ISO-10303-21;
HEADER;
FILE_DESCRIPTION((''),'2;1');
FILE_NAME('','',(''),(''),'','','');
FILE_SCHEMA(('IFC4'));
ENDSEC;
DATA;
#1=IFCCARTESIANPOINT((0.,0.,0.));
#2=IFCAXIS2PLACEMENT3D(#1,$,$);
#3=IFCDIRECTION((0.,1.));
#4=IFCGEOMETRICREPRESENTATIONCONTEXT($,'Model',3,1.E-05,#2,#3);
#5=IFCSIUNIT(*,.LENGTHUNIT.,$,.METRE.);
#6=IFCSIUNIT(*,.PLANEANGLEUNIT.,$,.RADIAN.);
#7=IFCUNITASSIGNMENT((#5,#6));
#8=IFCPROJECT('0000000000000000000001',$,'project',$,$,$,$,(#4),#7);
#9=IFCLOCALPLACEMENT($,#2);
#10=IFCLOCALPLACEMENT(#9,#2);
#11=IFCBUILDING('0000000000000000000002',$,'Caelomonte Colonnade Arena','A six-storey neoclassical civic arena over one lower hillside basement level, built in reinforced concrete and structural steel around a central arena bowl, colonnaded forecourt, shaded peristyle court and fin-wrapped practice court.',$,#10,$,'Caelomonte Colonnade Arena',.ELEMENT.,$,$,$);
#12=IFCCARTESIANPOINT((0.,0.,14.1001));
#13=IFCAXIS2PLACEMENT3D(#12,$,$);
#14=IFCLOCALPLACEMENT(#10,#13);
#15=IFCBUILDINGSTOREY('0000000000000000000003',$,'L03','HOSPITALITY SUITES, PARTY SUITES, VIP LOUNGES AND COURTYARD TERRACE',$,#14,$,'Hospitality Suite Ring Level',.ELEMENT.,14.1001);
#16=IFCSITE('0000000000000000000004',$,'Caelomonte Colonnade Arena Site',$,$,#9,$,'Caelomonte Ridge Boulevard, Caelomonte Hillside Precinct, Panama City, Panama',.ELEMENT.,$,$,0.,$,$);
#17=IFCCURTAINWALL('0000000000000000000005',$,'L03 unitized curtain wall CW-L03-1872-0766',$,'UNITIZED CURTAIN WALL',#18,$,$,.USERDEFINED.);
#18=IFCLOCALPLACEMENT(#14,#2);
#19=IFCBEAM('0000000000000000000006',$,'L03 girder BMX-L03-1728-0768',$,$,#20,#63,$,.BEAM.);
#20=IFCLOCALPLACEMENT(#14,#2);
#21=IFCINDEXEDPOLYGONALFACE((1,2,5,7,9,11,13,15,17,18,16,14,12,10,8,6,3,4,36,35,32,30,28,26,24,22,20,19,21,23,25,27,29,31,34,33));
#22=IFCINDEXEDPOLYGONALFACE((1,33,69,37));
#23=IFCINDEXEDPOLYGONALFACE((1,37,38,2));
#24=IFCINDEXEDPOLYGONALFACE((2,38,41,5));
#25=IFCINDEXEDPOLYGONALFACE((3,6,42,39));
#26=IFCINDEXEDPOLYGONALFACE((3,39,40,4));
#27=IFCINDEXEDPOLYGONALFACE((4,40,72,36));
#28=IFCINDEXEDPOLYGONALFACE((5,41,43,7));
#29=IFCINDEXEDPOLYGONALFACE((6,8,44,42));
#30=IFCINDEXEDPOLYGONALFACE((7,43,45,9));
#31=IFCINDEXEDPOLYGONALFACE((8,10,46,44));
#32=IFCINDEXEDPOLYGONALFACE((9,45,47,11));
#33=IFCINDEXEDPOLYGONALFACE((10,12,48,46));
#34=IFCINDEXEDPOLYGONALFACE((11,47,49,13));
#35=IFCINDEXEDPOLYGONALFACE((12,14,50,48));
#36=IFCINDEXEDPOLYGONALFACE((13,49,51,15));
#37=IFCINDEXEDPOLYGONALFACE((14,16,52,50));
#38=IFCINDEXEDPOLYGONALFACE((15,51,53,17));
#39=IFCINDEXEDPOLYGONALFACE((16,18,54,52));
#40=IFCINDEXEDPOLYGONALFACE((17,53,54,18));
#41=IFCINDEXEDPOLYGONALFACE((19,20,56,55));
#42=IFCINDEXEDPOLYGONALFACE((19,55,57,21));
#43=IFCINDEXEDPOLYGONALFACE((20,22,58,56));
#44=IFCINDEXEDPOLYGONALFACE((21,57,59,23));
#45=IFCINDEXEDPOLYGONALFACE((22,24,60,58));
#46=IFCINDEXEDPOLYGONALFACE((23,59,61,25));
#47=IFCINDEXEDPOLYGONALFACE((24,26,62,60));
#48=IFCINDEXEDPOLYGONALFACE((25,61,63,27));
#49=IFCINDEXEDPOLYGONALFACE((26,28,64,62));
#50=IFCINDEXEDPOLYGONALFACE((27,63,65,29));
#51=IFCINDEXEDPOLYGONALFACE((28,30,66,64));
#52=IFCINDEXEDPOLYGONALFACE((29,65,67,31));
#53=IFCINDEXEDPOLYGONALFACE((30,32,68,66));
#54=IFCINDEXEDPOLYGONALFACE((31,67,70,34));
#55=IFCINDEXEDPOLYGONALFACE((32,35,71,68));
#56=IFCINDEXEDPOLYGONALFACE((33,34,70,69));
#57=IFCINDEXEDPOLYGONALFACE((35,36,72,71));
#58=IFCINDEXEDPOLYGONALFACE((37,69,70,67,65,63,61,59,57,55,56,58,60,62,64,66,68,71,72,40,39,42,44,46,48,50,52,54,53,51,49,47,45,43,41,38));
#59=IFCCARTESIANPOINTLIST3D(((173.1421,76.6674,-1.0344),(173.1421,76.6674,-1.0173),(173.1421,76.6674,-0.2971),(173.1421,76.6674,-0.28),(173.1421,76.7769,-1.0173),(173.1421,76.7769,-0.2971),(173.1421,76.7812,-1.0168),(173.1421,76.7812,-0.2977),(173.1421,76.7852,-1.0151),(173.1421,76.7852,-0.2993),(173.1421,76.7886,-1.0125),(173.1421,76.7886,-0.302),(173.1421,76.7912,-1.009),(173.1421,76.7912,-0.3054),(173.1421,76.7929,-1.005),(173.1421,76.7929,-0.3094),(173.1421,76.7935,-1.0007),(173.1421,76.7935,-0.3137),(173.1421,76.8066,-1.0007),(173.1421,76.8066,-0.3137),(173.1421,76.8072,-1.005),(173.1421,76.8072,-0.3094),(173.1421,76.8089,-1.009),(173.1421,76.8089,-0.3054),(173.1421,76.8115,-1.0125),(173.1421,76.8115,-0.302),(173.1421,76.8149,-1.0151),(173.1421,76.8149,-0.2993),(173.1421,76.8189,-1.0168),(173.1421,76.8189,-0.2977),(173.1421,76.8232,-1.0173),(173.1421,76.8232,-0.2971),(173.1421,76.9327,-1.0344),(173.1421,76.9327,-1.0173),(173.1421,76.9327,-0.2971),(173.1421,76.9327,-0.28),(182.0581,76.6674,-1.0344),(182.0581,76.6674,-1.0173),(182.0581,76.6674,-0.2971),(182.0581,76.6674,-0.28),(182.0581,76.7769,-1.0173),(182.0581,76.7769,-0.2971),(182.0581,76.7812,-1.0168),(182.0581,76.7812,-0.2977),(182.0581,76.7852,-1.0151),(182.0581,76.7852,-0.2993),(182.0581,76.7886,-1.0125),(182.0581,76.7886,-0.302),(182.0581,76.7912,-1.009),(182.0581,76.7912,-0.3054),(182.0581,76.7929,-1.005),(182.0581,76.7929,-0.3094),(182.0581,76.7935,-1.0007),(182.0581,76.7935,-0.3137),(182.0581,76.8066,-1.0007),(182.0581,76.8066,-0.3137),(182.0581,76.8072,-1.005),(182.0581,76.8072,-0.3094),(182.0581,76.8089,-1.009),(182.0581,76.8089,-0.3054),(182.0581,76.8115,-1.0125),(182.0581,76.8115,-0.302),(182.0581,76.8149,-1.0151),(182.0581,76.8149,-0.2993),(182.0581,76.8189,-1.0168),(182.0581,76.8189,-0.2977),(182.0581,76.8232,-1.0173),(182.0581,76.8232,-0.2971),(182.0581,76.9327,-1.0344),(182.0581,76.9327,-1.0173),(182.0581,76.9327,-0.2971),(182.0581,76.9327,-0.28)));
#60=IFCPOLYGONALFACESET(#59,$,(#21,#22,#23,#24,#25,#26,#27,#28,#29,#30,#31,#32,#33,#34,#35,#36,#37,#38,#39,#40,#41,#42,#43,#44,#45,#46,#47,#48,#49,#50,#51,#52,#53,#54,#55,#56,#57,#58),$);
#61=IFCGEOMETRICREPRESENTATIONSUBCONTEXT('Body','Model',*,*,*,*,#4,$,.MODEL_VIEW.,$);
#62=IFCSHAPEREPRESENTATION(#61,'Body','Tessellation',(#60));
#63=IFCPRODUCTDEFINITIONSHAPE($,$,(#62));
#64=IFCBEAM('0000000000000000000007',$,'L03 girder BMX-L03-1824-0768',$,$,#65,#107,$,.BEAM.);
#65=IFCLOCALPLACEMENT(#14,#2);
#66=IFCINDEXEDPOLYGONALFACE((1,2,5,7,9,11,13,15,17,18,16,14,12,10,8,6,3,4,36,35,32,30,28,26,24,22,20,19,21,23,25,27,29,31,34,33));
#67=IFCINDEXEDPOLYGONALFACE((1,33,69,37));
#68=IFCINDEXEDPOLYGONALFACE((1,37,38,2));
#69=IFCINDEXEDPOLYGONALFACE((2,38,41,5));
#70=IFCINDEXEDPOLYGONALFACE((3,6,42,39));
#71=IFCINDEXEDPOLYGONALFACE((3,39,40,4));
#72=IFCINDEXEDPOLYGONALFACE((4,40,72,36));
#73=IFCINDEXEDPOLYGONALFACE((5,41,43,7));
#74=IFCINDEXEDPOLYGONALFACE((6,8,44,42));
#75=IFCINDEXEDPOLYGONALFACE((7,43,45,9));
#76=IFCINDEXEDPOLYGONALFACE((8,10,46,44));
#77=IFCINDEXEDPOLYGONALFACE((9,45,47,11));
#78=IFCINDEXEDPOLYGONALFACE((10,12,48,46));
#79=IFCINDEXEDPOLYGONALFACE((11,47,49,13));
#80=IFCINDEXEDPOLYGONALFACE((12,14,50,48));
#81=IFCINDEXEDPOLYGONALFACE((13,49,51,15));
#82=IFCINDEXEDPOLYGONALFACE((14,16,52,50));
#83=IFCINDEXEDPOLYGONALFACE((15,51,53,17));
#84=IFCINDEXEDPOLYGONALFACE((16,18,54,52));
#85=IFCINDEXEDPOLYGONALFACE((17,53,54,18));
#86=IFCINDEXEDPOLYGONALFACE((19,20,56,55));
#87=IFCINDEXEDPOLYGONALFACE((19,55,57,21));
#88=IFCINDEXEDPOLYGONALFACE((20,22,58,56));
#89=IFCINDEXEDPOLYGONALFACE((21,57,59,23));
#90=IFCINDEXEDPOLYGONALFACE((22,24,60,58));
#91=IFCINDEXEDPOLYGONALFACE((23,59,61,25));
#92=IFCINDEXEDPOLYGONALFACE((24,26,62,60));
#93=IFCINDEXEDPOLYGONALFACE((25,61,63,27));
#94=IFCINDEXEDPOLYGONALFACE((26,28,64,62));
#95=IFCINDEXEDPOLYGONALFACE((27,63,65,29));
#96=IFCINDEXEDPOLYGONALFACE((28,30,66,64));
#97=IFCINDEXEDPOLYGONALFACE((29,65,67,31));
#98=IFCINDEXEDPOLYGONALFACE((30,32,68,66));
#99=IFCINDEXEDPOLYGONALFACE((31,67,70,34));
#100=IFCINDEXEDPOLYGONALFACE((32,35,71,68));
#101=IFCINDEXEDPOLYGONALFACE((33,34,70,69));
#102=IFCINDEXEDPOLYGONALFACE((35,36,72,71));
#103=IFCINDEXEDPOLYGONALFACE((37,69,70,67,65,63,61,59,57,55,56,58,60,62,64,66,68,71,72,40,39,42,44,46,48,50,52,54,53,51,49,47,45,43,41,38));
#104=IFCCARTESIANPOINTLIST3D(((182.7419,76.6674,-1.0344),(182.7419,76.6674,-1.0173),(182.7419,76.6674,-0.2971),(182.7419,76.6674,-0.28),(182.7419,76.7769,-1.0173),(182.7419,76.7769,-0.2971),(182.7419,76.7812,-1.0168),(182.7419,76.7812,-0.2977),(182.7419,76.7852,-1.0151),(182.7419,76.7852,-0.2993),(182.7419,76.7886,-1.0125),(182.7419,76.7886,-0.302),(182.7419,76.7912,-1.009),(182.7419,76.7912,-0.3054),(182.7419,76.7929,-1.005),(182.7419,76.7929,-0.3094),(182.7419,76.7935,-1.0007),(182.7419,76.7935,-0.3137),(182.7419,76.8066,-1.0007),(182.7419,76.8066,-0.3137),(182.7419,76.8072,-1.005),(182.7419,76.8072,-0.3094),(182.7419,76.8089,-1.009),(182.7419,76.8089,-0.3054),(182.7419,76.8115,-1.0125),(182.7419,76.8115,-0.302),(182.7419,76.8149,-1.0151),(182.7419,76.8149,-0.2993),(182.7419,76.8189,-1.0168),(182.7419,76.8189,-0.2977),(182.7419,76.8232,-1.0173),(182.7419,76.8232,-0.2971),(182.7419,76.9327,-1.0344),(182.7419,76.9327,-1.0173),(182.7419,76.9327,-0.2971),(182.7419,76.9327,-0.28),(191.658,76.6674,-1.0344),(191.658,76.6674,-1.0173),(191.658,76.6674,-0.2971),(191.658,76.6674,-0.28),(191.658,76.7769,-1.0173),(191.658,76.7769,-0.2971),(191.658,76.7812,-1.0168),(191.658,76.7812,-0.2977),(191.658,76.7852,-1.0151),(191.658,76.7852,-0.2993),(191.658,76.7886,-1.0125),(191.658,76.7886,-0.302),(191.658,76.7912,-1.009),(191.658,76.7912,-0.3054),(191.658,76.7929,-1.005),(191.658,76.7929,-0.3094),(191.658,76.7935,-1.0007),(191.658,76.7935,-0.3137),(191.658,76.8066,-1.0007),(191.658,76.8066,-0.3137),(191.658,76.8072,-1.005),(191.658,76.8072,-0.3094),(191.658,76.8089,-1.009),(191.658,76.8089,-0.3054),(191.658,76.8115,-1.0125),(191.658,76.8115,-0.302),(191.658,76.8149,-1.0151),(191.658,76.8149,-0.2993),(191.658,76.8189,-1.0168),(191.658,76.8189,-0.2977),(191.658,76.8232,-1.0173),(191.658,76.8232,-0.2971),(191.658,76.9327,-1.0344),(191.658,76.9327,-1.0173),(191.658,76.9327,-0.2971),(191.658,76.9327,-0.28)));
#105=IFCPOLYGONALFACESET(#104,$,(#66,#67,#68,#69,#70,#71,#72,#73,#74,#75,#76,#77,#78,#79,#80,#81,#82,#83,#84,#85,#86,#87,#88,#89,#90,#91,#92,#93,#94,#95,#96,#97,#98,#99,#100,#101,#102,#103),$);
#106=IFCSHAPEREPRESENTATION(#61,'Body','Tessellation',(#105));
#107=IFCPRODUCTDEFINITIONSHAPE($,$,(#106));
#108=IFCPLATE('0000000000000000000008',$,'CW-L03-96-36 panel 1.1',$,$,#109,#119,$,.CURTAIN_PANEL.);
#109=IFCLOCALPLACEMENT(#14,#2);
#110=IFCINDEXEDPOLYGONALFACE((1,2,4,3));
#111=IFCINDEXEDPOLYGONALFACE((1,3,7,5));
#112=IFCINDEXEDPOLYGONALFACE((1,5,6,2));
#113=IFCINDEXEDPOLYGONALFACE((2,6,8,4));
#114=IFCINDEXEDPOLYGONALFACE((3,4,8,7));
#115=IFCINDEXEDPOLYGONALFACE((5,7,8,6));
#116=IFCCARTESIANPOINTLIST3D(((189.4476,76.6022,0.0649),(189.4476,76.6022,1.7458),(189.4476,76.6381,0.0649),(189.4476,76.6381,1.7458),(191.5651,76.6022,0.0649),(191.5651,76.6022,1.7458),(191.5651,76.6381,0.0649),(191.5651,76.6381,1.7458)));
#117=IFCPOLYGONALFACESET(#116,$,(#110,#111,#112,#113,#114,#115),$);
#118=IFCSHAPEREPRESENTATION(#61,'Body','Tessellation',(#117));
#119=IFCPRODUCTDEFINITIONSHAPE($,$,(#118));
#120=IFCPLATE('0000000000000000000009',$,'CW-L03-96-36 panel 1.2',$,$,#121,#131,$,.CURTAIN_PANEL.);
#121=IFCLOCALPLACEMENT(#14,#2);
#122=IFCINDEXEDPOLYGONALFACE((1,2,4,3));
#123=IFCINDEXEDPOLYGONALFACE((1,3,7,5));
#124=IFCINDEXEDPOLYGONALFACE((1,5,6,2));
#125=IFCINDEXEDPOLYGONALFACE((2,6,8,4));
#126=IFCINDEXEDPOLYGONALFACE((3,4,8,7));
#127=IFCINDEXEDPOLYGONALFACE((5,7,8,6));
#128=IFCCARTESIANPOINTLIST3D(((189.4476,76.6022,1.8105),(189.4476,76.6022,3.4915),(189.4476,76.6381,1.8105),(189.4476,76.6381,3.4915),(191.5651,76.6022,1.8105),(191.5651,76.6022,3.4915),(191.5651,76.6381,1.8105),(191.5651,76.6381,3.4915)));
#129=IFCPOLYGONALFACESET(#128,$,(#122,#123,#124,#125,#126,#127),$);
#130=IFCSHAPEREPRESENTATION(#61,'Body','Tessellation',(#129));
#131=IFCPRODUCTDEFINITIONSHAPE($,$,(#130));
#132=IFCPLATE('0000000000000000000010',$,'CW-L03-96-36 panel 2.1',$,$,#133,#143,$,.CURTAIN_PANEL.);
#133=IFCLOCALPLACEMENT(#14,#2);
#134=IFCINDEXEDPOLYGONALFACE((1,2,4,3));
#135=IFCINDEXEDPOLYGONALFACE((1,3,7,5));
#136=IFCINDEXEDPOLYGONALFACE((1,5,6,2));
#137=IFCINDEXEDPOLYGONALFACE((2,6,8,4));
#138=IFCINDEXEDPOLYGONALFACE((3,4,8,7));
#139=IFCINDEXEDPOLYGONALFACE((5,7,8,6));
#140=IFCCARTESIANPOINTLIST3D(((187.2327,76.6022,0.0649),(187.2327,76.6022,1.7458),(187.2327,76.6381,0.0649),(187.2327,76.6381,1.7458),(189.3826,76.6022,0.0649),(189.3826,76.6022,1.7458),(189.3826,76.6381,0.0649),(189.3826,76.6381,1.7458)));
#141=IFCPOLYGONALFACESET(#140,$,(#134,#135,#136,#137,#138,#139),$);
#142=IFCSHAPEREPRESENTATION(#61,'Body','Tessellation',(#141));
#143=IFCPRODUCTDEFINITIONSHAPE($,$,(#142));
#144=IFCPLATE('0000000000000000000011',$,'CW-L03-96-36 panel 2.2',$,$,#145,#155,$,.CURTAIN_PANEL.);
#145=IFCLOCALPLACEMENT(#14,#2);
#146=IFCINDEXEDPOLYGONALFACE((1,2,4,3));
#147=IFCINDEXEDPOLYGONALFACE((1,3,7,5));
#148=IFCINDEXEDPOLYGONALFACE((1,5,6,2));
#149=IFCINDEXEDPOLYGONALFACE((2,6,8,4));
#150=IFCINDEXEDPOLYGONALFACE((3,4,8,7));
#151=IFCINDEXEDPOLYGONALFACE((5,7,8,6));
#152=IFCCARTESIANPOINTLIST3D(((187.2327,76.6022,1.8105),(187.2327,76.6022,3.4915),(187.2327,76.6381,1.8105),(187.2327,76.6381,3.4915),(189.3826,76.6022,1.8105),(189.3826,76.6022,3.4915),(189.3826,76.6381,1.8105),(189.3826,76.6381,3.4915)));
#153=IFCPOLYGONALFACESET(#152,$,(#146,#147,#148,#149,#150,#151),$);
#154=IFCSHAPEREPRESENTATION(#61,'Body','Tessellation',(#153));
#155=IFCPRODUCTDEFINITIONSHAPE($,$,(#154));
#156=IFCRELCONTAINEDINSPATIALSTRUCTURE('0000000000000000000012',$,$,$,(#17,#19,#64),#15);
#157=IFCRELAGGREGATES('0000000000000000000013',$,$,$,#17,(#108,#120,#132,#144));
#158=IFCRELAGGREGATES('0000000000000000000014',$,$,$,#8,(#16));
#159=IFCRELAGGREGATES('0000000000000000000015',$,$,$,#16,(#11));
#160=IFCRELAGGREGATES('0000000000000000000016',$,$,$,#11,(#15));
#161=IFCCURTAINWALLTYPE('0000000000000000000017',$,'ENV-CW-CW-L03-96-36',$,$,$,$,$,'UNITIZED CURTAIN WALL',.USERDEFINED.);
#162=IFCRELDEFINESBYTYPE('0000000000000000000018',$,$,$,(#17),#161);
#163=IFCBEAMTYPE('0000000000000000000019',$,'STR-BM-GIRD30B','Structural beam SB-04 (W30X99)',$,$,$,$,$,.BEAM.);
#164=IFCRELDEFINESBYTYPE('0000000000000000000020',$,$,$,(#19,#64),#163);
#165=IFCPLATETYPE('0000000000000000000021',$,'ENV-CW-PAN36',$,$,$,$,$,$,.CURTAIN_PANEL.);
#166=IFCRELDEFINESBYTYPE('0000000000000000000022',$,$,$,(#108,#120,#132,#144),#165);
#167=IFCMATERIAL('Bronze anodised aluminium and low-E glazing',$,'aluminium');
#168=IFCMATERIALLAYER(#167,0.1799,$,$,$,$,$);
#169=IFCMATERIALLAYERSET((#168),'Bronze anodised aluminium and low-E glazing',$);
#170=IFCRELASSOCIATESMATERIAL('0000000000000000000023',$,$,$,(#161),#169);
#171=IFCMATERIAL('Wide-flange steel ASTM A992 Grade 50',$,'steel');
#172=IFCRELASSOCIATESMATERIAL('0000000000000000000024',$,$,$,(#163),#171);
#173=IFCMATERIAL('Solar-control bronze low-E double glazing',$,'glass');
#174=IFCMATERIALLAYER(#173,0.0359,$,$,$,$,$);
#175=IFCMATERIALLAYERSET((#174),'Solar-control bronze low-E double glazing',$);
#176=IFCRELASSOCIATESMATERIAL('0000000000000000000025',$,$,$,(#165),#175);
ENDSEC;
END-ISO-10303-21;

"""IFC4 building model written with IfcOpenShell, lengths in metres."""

from ifc_helpers import new_model, si_unit, direction, frame, origin, origin_2d, place, context, subcontext, project, spatial, rectangle, i_section, extrude, material, layer, layer_set, material_profile, profile_set, type_object, element, aggregate, save


model = new_model("IFC4")

# Units and contexts
model_context = context("Model", 3, precision=1e-05, world=origin(), true_north=direction((0.0, 1.0)))
body_context = subcontext(model_context, "Body", "Model", "MODEL_VIEW")
ifc_project = project(units=[si_unit("LENGTHUNIT", "METRE"), si_unit("PLANEANGLEUNIT", "RADIAN")], contexts=[model_context])

# Site, building, storey
site_placement = place(None, origin())
site = spatial("IfcSite", under=ifc_project, at=site_placement, Name="Caelomonte Colonnade Arena Site", LongName="Caelomonte Ridge Boulevard, Caelomonte Hillside Precinct, Panama City, Panama", CompositionType="ELEMENT", RefElevation=0.0)
building_placement = place(site_placement, origin())
building = spatial("IfcBuilding", under=site, at=building_placement, Name="Caelomonte Colonnade Arena", Description="A six-storey neoclassical civic arena over one lower hillside basement level, built in reinforced concrete and structural steel around a central arena bowl, colonnaded forecourt, shaded peristyle court and fin-wrapped practice court.", LongName="Caelomonte Colonnade Arena", CompositionType="ELEMENT")
storey_placement = place(building_placement, frame((0.0, 0.0, 14.1001)))
storey = spatial("IfcBuildingStorey", under=building, at=storey_placement, Name="L03", Description="HOSPITALITY SUITES, PARTY SUITES, VIP LOUNGES AND COURTYARD TERRACE", LongName="Hospitality Suite Ring Level", CompositionType="ELEMENT", Elevation=14.1001)

# Curtain wall
ifc_material_1 = material(Name="Bronze anodised aluminium and low-E glazing", Category="aluminium")
ifc_layer_1 = layer(ifc_material_1, 0.1799)
ifc_layer_set_1 = layer_set([ifc_layer_1], Name="Bronze anodised aluminium and low-E glazing")
curtain_wall_type = type_object("IfcCurtainWallType", Name="ENV-CW-CW-L03-96-36", ElementType="UNITIZED CURTAIN WALL", PredefinedType="USERDEFINED", material=ifc_layer_set_1)
curtain_wall_placement = place(storey_placement, origin())
curtain_wall = element("IfcCurtainWall", 1, at=curtain_wall_placement, inside=storey, type_object=curtain_wall_type, Name="L03 unitized curtain wall CW-L03-1872-0766", ObjectType="UNITIZED CURTAIN WALL", PredefinedType="USERDEFINED")

# Beams
ifc_material_2 = material(Name="Wide-flange steel ASTM A992 Grade 50", Category="steel")
ifc_material_profile_1 = material_profile(ifc_material_2, i_section(OverallWidth=0.2654, OverallDepth=0.7544, WebThickness=0.0132, FlangeThickness=0.0171, FilletRadius=0.0166, at=origin_2d()), Name="W30X99")
ifc_profile_set_1 = profile_set([ifc_material_profile_1], Name="Wide-flange steel ASTM A992 Grade 50")
beam_type = type_object("IfcBeamType", Name="STR-BM-GIRD30B", Description="Structural beam SB-04 (W30X99)", PredefinedType="BEAM", material=ifc_profile_set_1)
for number, where, z_axis, x_axis, name in (
    (2, (173.1421, 76.8, -0.6572), (1.0, 0.0, 0.0), (0.0, 1.0, 0.0), "L03 girder BMX-L03-1728-0768"),
    (3, (182.7419, 76.8, -0.6572), (1.0, 0.0, 0.0), (0.0, 1.0, 0.0), "L03 girder BMX-L03-1824-0768"),
):
    element("IfcBeam", number, at=place(storey_placement, frame(where, z_axis=z_axis, x_axis=x_axis)), inside=storey, type_object=beam_type, Name=name, PredefinedType="BEAM", context=body_context, shape_type="SweptSolid", body=[
        extrude(i_section(OverallWidth=0.2654, OverallDepth=0.7544, WebThickness=0.0132, FlangeThickness=0.0171, FilletRadius=0.0166, at=origin_2d()), origin(), (0.0, 0.0, 1.0), 8.916),
    ])

# Plates
ifc_material_3 = material(Name="Solar-control bronze low-E double glazing", Category="glass")
ifc_layer_2 = layer(ifc_material_3, 0.0359)
ifc_layer_set_2 = layer_set([ifc_layer_2], Name="Solar-control bronze low-E double glazing")
plate_type = type_object("IfcPlateType", Name="ENV-CW-PAN36", PredefinedType="CURTAIN_PANEL", material=ifc_layer_set_2)
plate_1_placement = place(storey_placement, frame((190.5063, 76.6201, 0.0649), z_axis=(0.0, 0.0, 1.0), x_axis=(-1.0, 0.0, 0.0)))
plate_1 = element("IfcPlate", 4, at=plate_1_placement, type_object=plate_type, Name="CW-L03-96-36 panel 1.1", PredefinedType="CURTAIN_PANEL", context=body_context, shape_type="SweptSolid", body=[
    extrude(rectangle(XDim=2.1174, YDim=0.0359, at=origin_2d()), origin(), (0.0, 0.0, 1.0), 1.6809),
])
plate_2_placement = place(storey_placement, frame((190.5063, 76.6201, 1.8105), z_axis=(0.0, 0.0, 1.0), x_axis=(-1.0, 0.0, 0.0)))
plate_2 = element("IfcPlate", 5, at=plate_2_placement, type_object=plate_type, Name="CW-L03-96-36 panel 1.2", PredefinedType="CURTAIN_PANEL", context=body_context, shape_type="SweptSolid", body=[
    extrude(rectangle(XDim=2.1174, YDim=0.0359, at=origin_2d()), origin(), (0.0, 0.0, 1.0), 1.6809),
])
plate_3_placement = place(storey_placement, frame((188.3076, 76.6201, 0.0649), z_axis=(0.0, 0.0, 1.0), x_axis=(-1.0, 0.0, 0.0)))
plate_3 = element("IfcPlate", 6, at=plate_3_placement, type_object=plate_type, Name="CW-L03-96-36 panel 2.1", PredefinedType="CURTAIN_PANEL", context=body_context, shape_type="SweptSolid", body=[
    extrude(rectangle(XDim=2.1499, YDim=0.0359, at=origin_2d()), origin(), (0.0, 0.0, 1.0), 1.6809),
])
plate_4_placement = place(storey_placement, frame((188.3076, 76.6201, 1.8105), z_axis=(0.0, 0.0, 1.0), x_axis=(-1.0, 0.0, 0.0)))
plate_4 = element("IfcPlate", 7, at=plate_4_placement, type_object=plate_type, Name="CW-L03-96-36 panel 2.2", PredefinedType="CURTAIN_PANEL", context=body_context, shape_type="SweptSolid", body=[
    extrude(rectangle(XDim=2.1499, YDim=0.0359, at=origin_2d()), origin(), (0.0, 0.0, 1.0), 1.6809),
])
aggregate(curtain_wall, [plate_1, plate_2, plate_3, plate_4])

save(model, "model.ifc")
